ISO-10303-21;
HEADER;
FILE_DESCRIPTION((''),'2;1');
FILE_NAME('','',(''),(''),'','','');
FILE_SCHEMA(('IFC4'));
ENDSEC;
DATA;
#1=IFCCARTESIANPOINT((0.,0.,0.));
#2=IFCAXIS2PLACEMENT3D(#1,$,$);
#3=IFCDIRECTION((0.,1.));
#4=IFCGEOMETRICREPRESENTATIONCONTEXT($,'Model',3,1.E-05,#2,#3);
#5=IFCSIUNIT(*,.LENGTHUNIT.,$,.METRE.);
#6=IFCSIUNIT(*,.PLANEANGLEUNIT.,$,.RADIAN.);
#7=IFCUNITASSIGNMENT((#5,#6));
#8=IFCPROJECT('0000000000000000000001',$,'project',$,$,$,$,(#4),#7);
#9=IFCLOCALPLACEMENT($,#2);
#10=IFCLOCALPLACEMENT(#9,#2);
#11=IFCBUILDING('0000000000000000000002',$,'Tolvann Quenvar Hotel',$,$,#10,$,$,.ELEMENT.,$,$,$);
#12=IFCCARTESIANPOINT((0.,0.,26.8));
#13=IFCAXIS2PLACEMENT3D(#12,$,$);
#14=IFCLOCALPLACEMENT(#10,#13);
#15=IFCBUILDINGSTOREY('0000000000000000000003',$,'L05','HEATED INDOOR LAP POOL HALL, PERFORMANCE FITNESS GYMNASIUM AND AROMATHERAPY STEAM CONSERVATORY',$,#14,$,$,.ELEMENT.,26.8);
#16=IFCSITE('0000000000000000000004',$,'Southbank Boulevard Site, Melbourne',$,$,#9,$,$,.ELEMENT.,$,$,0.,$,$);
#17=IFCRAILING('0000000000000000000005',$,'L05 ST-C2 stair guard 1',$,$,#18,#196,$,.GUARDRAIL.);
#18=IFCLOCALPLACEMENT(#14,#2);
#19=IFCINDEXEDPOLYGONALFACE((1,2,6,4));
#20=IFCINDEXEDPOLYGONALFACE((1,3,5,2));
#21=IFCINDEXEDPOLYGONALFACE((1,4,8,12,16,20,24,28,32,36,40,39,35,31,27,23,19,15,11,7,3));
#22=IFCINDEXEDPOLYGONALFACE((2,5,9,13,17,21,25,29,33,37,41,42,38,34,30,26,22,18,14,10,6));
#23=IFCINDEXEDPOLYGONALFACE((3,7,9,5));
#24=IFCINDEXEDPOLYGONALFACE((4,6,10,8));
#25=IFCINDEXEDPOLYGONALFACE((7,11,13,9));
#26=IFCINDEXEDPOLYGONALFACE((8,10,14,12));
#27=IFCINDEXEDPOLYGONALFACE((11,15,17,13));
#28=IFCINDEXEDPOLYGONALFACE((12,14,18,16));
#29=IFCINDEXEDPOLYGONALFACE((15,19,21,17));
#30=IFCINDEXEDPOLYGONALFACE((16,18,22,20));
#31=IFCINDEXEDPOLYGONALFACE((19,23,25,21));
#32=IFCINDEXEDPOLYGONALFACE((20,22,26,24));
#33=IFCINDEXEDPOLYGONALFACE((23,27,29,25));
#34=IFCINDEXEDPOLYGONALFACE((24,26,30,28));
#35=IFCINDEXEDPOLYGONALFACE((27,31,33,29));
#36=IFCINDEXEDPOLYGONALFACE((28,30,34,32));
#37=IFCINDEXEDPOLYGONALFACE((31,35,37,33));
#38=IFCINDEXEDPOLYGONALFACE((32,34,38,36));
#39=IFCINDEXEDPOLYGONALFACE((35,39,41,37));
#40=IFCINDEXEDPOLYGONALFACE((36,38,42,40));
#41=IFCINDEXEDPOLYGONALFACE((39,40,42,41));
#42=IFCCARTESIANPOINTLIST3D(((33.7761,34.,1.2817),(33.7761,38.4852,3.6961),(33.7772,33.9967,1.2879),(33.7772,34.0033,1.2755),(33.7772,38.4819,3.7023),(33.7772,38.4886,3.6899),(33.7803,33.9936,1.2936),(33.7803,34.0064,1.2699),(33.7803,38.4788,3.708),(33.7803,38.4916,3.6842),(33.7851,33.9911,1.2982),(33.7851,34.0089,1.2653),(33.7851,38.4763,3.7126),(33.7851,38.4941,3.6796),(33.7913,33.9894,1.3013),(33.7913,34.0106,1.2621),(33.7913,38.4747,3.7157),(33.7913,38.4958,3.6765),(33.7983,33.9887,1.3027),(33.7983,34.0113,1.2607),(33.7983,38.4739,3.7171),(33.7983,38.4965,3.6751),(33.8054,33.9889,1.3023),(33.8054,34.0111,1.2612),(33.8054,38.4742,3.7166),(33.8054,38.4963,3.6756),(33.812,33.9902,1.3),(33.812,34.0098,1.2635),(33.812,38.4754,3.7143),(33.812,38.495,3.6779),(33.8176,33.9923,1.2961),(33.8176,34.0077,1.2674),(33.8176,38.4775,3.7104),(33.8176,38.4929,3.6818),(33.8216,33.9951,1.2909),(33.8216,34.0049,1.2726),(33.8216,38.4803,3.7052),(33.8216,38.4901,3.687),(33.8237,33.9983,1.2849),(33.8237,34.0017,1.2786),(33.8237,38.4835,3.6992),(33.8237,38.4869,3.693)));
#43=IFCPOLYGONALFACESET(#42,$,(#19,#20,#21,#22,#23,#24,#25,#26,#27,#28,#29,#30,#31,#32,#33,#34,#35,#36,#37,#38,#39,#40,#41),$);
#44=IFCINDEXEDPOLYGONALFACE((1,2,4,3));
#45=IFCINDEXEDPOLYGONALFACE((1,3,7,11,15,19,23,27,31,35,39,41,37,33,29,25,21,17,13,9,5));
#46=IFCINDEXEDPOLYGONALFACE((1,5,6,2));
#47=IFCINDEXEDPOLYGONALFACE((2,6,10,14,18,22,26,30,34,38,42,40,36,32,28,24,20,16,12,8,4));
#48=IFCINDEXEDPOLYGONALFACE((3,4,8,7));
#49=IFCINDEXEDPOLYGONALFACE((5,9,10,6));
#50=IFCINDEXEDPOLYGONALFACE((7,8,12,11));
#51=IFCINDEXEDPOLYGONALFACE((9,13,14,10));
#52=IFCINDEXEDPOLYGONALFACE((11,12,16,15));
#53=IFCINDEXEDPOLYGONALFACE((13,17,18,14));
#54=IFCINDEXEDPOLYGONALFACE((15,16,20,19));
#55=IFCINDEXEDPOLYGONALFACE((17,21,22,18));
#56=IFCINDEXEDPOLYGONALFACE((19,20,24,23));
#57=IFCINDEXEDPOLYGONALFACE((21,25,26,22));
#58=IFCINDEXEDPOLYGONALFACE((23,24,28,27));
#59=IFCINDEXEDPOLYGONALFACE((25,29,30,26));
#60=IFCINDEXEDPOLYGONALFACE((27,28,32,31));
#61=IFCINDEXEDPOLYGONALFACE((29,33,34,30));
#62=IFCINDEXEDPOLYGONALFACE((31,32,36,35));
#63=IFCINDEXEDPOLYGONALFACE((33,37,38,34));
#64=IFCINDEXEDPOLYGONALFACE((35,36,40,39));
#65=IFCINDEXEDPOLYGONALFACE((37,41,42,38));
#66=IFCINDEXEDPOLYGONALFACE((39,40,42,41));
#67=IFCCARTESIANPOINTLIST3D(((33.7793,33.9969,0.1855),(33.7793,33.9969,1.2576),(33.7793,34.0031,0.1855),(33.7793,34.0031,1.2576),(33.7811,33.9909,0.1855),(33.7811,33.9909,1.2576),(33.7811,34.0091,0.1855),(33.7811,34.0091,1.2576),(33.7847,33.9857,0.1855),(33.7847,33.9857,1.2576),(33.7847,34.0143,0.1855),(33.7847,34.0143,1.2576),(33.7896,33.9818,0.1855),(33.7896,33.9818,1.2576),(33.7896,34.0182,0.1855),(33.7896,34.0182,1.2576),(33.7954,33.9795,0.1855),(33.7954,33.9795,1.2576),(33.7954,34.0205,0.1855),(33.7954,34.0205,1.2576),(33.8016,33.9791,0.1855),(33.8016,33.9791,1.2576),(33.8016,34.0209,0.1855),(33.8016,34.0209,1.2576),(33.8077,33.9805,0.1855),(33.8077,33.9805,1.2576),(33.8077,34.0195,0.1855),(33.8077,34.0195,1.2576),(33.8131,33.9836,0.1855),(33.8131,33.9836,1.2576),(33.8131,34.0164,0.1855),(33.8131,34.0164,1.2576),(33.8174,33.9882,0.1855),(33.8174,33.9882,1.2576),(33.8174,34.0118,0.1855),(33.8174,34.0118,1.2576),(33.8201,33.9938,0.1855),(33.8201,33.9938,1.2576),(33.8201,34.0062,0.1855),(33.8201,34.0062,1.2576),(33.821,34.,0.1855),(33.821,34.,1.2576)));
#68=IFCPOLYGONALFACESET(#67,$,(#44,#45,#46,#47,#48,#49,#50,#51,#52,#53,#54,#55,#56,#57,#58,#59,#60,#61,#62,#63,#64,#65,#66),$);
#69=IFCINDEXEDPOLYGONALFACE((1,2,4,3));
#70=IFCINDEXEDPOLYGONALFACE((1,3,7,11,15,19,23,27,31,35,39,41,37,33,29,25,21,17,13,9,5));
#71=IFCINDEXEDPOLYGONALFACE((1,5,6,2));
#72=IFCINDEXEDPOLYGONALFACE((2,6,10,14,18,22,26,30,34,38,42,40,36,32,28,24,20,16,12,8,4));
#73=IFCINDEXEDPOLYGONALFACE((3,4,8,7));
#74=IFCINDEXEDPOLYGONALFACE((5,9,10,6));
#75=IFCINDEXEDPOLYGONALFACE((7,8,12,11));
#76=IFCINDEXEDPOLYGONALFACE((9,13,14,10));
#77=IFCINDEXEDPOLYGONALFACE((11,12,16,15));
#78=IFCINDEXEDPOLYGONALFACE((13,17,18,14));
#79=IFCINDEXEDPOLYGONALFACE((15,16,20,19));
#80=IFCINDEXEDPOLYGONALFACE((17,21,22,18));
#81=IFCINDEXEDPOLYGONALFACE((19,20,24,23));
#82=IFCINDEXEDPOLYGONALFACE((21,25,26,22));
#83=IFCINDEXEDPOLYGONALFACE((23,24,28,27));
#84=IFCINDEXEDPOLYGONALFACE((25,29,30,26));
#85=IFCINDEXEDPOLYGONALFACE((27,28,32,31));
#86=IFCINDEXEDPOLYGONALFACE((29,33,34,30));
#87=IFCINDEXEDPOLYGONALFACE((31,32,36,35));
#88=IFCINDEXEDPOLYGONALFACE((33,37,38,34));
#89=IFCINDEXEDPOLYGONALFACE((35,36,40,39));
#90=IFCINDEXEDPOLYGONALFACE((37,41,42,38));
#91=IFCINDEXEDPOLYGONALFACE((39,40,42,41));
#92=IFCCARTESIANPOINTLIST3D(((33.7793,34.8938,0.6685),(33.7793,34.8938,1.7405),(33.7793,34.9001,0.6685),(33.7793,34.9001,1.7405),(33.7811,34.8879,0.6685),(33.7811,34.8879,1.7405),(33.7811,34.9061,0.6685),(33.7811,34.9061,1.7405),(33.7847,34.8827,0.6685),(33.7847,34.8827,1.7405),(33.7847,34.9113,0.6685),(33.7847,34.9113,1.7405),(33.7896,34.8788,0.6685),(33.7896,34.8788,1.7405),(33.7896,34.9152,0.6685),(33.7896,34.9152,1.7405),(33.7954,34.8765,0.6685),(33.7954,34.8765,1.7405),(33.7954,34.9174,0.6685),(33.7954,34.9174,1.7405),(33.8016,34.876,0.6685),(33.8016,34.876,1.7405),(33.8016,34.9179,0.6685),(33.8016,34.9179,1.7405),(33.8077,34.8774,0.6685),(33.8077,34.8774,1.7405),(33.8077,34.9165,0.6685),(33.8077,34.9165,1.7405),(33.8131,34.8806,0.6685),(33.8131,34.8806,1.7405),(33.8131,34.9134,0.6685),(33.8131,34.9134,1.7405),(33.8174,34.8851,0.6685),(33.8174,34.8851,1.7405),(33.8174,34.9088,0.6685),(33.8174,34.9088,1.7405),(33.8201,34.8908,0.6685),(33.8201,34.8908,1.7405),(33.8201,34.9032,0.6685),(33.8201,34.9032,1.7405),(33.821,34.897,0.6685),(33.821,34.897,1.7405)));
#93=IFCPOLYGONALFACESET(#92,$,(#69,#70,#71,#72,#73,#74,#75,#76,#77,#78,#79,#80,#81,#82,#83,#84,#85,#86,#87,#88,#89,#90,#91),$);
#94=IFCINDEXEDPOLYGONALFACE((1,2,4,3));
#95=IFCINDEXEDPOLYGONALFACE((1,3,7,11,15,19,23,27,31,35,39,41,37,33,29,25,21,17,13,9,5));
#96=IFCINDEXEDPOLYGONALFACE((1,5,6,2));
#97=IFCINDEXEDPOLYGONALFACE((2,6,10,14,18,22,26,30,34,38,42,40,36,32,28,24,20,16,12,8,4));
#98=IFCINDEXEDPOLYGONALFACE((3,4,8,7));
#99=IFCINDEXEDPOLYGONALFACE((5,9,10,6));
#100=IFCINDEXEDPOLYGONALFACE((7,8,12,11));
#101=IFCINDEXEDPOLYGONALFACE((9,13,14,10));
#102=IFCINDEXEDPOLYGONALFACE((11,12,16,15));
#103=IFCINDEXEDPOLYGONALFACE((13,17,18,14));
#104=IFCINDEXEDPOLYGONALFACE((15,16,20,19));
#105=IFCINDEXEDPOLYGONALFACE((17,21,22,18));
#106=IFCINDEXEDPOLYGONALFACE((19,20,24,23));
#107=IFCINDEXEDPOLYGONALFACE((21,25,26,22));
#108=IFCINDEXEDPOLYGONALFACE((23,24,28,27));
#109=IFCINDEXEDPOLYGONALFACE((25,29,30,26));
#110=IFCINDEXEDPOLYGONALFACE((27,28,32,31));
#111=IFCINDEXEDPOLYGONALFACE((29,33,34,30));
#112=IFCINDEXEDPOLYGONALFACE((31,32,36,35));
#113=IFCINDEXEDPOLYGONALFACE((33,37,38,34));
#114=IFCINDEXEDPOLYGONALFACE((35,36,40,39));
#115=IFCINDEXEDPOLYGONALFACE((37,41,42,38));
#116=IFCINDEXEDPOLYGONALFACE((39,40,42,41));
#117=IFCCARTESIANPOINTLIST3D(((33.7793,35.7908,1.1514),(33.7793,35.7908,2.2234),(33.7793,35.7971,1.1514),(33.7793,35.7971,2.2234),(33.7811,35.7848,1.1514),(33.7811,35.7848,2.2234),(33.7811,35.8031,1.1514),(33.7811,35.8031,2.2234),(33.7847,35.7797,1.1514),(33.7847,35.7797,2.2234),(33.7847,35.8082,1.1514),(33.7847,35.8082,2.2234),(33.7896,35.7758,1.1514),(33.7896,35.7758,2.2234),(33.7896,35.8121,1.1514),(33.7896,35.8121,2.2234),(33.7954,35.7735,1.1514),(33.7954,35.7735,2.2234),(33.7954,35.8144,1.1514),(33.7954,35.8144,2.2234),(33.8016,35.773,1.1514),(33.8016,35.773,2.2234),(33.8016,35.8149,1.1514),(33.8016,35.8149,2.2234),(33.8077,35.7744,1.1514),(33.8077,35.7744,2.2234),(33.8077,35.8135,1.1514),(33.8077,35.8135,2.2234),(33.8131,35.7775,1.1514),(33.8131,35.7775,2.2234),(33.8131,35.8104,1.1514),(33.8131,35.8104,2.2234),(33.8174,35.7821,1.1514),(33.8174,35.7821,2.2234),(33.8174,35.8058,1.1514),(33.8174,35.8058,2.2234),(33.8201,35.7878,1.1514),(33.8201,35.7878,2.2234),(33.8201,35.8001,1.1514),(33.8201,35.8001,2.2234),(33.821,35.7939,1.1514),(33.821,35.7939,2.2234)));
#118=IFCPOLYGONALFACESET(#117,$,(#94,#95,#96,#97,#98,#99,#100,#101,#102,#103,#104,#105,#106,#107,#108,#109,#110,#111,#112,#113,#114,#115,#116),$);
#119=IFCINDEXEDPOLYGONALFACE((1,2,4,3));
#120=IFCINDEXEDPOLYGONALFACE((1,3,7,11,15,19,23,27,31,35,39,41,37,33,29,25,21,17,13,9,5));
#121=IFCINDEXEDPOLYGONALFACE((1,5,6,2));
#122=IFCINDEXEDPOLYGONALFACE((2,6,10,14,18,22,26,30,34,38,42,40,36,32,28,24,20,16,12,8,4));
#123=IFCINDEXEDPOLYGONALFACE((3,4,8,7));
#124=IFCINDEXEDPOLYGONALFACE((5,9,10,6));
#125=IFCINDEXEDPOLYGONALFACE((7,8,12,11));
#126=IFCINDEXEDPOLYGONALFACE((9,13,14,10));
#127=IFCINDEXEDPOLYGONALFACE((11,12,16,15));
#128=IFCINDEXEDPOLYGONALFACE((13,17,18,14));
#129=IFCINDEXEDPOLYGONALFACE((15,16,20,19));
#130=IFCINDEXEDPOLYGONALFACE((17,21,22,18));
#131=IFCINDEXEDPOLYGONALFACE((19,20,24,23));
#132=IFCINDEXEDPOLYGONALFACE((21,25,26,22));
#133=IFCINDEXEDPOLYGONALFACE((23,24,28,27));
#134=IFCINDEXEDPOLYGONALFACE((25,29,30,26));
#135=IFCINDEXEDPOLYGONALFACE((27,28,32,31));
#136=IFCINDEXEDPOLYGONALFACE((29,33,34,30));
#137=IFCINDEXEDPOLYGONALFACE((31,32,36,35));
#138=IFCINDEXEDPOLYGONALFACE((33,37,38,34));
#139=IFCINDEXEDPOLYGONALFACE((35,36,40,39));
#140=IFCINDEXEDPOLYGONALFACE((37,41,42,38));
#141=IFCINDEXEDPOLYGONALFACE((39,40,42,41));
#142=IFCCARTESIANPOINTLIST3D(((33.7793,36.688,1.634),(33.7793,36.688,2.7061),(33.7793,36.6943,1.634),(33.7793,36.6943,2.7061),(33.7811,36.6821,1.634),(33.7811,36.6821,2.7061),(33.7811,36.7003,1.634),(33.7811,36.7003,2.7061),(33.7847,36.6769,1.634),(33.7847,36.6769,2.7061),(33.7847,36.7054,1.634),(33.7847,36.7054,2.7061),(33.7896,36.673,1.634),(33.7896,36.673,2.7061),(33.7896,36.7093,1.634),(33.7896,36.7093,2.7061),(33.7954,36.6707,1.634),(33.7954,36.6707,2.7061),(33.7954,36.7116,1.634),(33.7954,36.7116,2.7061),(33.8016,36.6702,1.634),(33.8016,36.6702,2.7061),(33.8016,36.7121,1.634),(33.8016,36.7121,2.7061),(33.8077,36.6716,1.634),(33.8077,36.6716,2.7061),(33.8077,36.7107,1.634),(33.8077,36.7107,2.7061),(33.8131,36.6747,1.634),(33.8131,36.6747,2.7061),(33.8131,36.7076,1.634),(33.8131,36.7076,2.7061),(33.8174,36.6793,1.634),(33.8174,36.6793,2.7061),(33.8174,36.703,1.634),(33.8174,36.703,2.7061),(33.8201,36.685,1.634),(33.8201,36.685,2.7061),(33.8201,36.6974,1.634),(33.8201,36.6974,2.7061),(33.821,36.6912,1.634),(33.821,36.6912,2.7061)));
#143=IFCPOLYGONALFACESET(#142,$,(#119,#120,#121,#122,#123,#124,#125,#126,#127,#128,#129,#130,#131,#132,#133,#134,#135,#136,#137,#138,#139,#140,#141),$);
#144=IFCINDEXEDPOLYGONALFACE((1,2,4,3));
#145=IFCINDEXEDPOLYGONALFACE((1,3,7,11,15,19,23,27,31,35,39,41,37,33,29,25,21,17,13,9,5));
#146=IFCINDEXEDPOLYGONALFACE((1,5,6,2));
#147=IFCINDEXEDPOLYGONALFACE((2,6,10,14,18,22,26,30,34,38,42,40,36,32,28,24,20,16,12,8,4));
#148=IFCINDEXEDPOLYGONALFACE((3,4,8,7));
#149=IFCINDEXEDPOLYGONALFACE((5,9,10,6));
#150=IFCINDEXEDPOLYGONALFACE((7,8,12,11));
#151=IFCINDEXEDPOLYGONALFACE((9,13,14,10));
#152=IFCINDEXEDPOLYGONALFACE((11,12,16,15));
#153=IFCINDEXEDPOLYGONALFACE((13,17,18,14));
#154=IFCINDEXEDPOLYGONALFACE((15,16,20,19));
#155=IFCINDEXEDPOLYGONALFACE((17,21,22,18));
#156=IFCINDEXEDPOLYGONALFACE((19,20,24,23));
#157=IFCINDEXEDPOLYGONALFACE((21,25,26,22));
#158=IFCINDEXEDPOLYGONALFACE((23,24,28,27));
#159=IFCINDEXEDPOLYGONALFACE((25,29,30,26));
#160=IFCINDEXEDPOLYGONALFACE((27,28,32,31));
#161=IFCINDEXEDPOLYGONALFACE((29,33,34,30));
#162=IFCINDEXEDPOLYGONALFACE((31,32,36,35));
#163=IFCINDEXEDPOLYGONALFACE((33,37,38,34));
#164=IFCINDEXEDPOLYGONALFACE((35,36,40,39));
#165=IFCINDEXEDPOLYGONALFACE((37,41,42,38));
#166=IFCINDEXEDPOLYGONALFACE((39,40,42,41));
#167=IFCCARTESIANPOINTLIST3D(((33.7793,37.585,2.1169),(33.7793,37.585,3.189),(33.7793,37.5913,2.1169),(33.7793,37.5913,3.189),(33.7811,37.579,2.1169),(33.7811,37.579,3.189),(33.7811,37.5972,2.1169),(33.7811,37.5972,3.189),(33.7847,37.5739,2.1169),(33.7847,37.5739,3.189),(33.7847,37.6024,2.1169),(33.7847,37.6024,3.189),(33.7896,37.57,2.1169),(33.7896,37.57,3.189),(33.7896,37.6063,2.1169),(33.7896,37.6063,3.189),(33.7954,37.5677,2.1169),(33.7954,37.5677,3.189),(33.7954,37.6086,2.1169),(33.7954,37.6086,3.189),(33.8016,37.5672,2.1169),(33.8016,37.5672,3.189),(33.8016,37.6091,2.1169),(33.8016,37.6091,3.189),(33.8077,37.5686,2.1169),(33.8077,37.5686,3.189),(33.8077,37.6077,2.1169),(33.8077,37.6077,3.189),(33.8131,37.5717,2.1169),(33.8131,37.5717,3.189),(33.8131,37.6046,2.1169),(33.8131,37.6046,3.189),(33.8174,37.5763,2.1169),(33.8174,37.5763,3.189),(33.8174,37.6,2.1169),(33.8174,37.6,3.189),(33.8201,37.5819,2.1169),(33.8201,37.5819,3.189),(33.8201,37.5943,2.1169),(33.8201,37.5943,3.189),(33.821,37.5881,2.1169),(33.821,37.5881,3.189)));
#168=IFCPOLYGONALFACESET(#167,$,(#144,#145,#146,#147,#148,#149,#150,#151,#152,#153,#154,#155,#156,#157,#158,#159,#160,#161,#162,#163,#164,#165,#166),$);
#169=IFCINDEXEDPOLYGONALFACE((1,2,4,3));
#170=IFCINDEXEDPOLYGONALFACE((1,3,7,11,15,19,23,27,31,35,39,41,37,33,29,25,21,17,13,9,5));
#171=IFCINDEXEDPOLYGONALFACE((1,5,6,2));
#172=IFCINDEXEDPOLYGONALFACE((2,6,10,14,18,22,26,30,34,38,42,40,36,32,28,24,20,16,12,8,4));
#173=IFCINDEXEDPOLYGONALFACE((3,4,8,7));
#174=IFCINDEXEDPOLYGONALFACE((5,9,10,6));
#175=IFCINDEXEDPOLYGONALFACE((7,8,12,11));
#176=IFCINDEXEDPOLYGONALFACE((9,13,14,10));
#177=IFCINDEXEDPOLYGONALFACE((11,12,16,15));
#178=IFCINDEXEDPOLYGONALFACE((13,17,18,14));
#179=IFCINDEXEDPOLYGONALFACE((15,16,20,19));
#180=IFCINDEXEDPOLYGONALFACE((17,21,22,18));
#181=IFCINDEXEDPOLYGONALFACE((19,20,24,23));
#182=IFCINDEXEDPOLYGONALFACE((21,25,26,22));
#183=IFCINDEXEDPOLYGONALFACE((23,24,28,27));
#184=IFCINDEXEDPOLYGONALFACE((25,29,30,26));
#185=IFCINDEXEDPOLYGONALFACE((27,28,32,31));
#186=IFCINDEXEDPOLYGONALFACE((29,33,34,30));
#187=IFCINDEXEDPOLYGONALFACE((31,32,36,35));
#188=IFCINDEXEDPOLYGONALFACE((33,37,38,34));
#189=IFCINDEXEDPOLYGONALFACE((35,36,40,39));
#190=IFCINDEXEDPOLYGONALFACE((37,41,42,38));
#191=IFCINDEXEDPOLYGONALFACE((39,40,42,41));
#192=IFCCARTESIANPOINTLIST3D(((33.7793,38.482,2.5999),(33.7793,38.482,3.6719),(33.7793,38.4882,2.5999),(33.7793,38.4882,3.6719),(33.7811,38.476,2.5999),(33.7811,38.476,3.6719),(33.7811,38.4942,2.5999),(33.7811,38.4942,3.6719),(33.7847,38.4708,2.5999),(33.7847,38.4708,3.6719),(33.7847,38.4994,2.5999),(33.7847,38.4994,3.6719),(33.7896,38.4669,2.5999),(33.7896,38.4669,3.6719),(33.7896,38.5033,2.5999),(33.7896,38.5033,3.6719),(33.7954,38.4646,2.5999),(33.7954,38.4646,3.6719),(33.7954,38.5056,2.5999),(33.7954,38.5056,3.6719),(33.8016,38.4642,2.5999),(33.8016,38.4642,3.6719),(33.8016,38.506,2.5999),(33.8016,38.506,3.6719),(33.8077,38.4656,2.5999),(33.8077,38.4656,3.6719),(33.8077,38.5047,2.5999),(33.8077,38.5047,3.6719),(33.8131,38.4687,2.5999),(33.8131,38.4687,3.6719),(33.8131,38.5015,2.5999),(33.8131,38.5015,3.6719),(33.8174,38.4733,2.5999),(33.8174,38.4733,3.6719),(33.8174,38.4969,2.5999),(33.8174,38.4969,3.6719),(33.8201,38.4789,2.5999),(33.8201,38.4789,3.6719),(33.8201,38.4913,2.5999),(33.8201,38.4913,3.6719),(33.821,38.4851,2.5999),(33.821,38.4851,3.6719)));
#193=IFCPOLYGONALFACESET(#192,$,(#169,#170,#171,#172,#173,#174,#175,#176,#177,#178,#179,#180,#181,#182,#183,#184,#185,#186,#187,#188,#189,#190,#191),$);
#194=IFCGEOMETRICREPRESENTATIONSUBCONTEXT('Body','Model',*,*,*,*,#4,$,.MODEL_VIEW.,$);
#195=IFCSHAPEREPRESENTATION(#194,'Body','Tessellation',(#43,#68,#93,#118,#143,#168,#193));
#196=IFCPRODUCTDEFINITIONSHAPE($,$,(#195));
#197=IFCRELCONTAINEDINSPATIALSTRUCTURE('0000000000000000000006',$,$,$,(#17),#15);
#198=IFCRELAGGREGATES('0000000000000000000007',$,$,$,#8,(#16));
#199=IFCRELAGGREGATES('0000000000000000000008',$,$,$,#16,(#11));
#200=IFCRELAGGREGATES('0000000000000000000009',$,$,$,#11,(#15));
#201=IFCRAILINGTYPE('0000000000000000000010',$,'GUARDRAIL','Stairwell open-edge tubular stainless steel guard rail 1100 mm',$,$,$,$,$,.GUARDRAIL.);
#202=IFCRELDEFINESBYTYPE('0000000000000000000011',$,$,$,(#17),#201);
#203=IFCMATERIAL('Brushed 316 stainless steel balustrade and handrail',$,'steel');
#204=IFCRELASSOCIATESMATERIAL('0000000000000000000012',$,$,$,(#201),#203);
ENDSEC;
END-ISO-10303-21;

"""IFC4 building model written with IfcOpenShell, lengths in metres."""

from ifc_helpers import new_model, si_unit, direction, frame, origin, origin_2d, place, context, subcontext, project, spatial, circle, extrude, material, type_object, element, save


model = new_model("IFC4")

# Units and contexts
model_context = context("Model", 3, precision=1e-05, world=origin(), true_north=direction((0.0, 1.0)))
body_context = subcontext(model_context, "Body", "Model", "MODEL_VIEW")
ifc_project = project(units=[si_unit("LENGTHUNIT", "METRE"), si_unit("PLANEANGLEUNIT", "RADIAN")], contexts=[model_context])

# Site, building, storey
site_placement = place(None, origin())
site = spatial("IfcSite", under=ifc_project, at=site_placement, Name="Southbank Boulevard Site, Melbourne", CompositionType="ELEMENT", RefElevation=0.0)
building_placement = place(site_placement, origin())
building = spatial("IfcBuilding", under=site, at=building_placement, Name="Tolvann Quenvar Hotel", CompositionType="ELEMENT")
storey_placement = place(building_placement, frame((0.0, 0.0, 26.8)))
storey = spatial("IfcBuildingStorey", under=building, at=storey_placement, Name="L05", Description="HEATED INDOOR LAP POOL HALL, PERFORMANCE FITNESS GYMNASIUM AND AROMATHERAPY STEAM CONSERVATORY", CompositionType="ELEMENT", Elevation=26.8)

# Railing
ifc_material_1 = material(Name="Brushed 316 stainless steel balustrade and handrail", Category="steel")
railing_type = type_object("IfcRailingType", Name="GUARDRAIL", Description="Stairwell open-edge tubular stainless steel guard rail 1100 mm", PredefinedType="GUARDRAIL", material=ifc_material_1)
railing_1_placement = place(storey_placement, frame((33.8, 34.0, 0.1855)))
element("IfcRailing", 1, at=railing_1_placement, inside=storey, type_object=railing_type, Name="L05 ST-C2 stair guard 1", PredefinedType="GUARDRAIL", context=body_context, shape_type="SweptSolid", body=[
    extrude(circle(Radius=0.0239, at=origin_2d()), frame((0.0, 0.0, 1.0962), z_axis=(0.0, 0.880533, 0.473985), x_axis=(-1.0, 0.0, 0.0)), (0.0, 0.0, 1.0), 5.0938),
    extrude(circle(Radius=0.021, at=origin_2d()), origin(), (0.0, 0.0, 1.0), 1.072),
    extrude(circle(Radius=0.021, at=origin_2d()), frame((0.0, 0.897, 0.4829)), (0.0, 0.0, 1.0), 1.072),
    extrude(circle(Radius=0.021, at=origin_2d()), frame((0.0, 1.7939, 0.9658)), (0.0, 0.0, 1.0), 1.072),
    extrude(circle(Radius=0.021, at=origin_2d()), frame((0.0, 2.6912, 1.4485)), (0.0, 0.0, 1.0), 1.072),
    extrude(circle(Radius=0.021, at=origin_2d()), frame((0.0, 3.5881, 1.9314)), (0.0, 0.0, 1.0), 1.072),
    extrude(circle(Radius=0.021, at=origin_2d()), frame((0.0, 4.4851, 2.4143)), (0.0, 0.0, 1.0), 1.072),
])

save(model, "model.ifc")
